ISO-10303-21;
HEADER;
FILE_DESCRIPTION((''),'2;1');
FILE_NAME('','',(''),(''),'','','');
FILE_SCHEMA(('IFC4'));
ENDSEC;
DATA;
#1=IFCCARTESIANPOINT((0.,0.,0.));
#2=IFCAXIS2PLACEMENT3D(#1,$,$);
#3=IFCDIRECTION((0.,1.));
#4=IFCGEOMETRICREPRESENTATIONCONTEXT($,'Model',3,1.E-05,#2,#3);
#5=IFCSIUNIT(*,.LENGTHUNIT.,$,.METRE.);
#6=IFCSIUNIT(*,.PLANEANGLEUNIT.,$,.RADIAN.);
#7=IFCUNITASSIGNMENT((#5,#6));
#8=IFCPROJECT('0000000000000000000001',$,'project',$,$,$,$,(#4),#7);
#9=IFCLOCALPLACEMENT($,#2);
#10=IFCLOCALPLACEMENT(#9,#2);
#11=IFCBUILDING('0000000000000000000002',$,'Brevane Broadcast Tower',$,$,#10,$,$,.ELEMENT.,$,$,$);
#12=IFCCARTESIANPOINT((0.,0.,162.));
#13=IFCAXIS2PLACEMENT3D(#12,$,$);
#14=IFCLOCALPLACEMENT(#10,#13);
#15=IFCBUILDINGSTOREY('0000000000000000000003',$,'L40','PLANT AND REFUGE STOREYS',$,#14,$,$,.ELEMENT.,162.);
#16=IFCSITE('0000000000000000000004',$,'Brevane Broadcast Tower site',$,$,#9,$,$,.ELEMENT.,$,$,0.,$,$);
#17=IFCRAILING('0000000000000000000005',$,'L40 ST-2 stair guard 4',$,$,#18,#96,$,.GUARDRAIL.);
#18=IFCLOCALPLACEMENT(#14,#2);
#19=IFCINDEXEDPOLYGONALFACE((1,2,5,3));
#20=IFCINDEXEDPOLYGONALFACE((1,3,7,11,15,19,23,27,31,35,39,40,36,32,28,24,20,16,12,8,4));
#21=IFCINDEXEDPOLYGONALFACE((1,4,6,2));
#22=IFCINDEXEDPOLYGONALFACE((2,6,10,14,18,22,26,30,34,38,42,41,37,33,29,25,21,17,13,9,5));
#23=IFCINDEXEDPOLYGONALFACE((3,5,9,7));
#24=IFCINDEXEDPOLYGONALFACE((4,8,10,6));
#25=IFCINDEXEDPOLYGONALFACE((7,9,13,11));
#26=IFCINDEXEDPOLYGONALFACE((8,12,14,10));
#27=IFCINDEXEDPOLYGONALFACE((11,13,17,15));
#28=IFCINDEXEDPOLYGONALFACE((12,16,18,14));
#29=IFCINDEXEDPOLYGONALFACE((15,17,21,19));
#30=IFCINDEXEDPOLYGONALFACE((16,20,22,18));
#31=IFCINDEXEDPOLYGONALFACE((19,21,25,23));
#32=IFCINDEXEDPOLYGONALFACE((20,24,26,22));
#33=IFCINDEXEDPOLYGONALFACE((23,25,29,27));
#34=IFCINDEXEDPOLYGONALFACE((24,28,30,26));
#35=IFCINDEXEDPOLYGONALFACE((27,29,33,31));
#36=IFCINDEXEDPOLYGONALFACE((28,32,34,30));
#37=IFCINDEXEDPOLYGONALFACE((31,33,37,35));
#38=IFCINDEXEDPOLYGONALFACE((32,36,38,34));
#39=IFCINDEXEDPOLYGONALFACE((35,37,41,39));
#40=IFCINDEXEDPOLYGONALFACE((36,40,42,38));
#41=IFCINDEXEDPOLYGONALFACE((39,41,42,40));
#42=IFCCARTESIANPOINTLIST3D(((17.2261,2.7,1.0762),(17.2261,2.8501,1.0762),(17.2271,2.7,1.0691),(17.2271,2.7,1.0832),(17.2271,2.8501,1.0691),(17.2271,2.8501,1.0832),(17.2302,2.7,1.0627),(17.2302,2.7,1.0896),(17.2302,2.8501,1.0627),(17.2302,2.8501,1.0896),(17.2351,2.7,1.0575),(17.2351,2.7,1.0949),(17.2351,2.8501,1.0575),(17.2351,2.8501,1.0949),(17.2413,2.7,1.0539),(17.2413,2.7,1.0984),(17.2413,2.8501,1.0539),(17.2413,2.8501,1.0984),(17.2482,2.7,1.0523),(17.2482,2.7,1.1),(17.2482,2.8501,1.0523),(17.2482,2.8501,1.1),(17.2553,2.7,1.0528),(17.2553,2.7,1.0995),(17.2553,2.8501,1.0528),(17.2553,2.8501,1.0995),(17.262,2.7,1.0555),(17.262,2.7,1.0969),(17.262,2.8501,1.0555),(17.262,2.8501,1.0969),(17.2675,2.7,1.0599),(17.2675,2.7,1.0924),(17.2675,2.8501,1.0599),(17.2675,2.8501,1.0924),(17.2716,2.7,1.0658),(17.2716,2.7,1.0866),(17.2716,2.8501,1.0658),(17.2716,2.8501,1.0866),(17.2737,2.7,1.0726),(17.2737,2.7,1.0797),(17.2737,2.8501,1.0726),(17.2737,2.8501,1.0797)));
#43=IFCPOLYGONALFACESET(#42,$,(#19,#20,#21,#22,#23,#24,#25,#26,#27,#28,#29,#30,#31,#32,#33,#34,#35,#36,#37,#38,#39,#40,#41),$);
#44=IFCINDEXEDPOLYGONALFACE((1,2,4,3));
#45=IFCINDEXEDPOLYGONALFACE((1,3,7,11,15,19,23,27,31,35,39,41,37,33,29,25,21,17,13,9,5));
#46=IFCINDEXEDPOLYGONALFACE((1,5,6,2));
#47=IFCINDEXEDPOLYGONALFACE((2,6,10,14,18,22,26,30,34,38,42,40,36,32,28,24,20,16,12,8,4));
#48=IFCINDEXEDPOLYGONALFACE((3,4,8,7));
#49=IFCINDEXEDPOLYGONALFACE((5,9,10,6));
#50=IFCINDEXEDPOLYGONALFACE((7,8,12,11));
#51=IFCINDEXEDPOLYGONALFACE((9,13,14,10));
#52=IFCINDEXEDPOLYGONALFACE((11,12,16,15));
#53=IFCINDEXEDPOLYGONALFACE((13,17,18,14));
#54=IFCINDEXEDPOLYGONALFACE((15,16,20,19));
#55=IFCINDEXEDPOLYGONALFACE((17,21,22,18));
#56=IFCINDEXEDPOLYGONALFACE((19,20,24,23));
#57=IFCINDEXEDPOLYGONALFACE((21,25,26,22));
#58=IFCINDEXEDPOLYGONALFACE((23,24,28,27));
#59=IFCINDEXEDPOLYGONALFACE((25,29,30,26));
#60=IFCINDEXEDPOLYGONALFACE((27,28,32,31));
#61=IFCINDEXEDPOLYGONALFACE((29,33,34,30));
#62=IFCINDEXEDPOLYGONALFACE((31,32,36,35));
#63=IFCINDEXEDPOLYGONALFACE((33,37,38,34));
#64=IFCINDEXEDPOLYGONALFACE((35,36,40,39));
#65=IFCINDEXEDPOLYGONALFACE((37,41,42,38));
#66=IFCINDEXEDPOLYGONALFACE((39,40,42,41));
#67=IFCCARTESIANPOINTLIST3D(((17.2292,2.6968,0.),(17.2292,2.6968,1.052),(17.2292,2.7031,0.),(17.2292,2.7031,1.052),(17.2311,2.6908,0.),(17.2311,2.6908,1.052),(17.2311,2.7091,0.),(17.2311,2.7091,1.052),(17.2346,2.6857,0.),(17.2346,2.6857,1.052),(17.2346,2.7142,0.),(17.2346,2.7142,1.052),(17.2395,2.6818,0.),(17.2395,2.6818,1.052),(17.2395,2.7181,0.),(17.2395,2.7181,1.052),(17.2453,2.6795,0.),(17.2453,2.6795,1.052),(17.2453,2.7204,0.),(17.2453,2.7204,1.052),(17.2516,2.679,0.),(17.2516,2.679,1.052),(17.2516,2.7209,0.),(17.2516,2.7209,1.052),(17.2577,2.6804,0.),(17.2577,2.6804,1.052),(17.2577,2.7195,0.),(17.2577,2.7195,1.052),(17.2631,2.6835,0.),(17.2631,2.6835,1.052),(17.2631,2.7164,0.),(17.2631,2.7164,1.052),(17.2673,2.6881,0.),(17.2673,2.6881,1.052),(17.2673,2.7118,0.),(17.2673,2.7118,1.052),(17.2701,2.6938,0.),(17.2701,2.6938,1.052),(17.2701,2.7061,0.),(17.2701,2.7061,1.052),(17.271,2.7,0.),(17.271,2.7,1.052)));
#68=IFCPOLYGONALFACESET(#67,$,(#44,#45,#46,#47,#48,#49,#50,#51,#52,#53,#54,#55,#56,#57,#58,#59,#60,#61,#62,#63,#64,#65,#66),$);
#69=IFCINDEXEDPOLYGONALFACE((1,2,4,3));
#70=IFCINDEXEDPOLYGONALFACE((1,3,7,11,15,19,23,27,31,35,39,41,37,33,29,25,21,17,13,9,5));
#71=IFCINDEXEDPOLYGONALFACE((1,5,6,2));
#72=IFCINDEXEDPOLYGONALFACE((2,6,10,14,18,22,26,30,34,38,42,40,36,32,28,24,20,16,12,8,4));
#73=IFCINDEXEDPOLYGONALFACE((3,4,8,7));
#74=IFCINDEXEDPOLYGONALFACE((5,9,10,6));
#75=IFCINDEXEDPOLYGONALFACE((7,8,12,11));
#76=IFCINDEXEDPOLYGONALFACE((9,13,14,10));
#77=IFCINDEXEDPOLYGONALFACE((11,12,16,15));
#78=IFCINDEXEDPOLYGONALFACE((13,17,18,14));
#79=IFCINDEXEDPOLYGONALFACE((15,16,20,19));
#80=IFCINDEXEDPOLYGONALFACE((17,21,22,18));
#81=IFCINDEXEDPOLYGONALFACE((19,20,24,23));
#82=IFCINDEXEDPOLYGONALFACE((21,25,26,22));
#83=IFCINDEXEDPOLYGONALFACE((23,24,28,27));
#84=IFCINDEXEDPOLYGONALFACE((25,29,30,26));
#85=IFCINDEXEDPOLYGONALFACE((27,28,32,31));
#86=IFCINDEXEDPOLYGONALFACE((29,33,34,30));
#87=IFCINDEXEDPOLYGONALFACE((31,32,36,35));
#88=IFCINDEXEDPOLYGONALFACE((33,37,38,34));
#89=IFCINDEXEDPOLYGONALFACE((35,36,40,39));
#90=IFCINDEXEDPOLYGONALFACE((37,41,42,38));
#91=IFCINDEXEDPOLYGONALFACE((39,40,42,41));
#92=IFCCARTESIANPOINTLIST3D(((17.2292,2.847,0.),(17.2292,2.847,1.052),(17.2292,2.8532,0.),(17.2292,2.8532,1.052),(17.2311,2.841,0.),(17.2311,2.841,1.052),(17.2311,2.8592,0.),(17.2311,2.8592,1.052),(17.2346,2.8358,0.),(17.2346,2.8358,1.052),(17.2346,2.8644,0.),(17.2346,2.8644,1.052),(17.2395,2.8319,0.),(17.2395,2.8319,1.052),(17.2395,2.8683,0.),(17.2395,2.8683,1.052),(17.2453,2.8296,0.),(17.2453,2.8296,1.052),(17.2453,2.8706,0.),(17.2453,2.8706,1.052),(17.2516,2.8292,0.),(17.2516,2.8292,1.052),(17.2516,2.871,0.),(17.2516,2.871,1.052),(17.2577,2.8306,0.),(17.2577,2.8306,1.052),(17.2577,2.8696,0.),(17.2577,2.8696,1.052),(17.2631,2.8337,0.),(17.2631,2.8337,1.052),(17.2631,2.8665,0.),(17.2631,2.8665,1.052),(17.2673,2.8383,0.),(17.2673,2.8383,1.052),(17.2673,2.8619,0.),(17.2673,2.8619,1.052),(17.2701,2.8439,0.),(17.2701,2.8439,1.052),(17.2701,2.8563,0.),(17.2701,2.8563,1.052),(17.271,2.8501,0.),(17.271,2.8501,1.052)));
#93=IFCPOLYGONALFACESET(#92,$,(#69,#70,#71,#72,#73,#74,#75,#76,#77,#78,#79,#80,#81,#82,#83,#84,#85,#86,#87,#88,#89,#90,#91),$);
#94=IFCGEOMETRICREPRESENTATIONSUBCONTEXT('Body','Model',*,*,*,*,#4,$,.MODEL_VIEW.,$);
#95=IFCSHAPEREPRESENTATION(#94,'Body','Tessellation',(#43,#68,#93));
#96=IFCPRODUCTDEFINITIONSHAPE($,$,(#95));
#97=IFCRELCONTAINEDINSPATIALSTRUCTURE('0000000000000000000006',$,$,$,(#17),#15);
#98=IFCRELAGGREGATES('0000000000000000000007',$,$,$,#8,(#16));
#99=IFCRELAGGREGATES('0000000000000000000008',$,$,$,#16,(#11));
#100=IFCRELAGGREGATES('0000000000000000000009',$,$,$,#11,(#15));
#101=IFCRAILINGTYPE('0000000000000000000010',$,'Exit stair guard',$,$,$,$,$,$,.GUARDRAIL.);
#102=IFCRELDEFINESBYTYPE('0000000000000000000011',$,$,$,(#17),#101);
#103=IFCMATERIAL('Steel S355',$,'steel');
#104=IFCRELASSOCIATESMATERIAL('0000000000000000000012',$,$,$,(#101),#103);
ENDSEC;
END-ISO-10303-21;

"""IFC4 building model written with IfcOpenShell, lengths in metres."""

from ifc_helpers import new_model, si_unit, direction, frame, origin, origin_2d, place, context, subcontext, project, spatial, circle, extrude, material, type_object, element, save


model = new_model("IFC4")

# Units and contexts
model_context = context("Model", 3, precision=1e-05, world=origin(), true_north=direction((0.0, 1.0)))
body_context = subcontext(model_context, "Body", "Model", "MODEL_VIEW")
ifc_project = project(units=[si_unit("LENGTHUNIT", "METRE"), si_unit("PLANEANGLEUNIT", "RADIAN")], contexts=[model_context])

# Site, building, storey
site_placement = place(None, origin())
site = spatial("IfcSite", under=ifc_project, at=site_placement, Name="Brevane Broadcast Tower site", CompositionType="ELEMENT", RefElevation=0.0)
building_placement = place(site_placement, origin())
building = spatial("IfcBuilding", under=site, at=building_placement, Name="Brevane Broadcast Tower", CompositionType="ELEMENT")
storey_placement = place(building_placement, frame((0.0, 0.0, 162.0)))
storey = spatial("IfcBuildingStorey", under=building, at=storey_placement, Name="L40", Description="PLANT AND REFUGE STOREYS", CompositionType="ELEMENT", Elevation=162.0)

# Railing
ifc_material_1 = material(Name="Steel S355", Category="steel")
railing_type_1 = type_object("IfcRailingType", Name="Exit stair guard", PredefinedType="GUARDRAIL", material=ifc_material_1)
railing_1_placement = place(storey_placement, frame((17.25, 2.7, 0.0)))
element("IfcRailing", 1, at=railing_1_placement, inside=storey, type_object=railing_type_1, Name="L40 ST-2 stair guard 4", PredefinedType="GUARDRAIL", context=body_context, shape_type="SweptSolid", body=[
    extrude(circle(Radius=0.0239, at=origin_2d()), frame((0.0, 0.0, 1.0762), z_axis=(0.0, 1.0, 0.0), x_axis=(-1.0, 0.0, 0.0)), (0.0, 0.0, 1.0), 0.1501),
    extrude(circle(Radius=0.021, at=origin_2d()), origin(), (0.0, 0.0, 1.0), 1.052),
    extrude(circle(Radius=0.021, at=origin_2d()), frame((0.0, 0.1501, 0.0)), (0.0, 0.0, 1.0), 1.052),
])

save(model, "model.ifc")
